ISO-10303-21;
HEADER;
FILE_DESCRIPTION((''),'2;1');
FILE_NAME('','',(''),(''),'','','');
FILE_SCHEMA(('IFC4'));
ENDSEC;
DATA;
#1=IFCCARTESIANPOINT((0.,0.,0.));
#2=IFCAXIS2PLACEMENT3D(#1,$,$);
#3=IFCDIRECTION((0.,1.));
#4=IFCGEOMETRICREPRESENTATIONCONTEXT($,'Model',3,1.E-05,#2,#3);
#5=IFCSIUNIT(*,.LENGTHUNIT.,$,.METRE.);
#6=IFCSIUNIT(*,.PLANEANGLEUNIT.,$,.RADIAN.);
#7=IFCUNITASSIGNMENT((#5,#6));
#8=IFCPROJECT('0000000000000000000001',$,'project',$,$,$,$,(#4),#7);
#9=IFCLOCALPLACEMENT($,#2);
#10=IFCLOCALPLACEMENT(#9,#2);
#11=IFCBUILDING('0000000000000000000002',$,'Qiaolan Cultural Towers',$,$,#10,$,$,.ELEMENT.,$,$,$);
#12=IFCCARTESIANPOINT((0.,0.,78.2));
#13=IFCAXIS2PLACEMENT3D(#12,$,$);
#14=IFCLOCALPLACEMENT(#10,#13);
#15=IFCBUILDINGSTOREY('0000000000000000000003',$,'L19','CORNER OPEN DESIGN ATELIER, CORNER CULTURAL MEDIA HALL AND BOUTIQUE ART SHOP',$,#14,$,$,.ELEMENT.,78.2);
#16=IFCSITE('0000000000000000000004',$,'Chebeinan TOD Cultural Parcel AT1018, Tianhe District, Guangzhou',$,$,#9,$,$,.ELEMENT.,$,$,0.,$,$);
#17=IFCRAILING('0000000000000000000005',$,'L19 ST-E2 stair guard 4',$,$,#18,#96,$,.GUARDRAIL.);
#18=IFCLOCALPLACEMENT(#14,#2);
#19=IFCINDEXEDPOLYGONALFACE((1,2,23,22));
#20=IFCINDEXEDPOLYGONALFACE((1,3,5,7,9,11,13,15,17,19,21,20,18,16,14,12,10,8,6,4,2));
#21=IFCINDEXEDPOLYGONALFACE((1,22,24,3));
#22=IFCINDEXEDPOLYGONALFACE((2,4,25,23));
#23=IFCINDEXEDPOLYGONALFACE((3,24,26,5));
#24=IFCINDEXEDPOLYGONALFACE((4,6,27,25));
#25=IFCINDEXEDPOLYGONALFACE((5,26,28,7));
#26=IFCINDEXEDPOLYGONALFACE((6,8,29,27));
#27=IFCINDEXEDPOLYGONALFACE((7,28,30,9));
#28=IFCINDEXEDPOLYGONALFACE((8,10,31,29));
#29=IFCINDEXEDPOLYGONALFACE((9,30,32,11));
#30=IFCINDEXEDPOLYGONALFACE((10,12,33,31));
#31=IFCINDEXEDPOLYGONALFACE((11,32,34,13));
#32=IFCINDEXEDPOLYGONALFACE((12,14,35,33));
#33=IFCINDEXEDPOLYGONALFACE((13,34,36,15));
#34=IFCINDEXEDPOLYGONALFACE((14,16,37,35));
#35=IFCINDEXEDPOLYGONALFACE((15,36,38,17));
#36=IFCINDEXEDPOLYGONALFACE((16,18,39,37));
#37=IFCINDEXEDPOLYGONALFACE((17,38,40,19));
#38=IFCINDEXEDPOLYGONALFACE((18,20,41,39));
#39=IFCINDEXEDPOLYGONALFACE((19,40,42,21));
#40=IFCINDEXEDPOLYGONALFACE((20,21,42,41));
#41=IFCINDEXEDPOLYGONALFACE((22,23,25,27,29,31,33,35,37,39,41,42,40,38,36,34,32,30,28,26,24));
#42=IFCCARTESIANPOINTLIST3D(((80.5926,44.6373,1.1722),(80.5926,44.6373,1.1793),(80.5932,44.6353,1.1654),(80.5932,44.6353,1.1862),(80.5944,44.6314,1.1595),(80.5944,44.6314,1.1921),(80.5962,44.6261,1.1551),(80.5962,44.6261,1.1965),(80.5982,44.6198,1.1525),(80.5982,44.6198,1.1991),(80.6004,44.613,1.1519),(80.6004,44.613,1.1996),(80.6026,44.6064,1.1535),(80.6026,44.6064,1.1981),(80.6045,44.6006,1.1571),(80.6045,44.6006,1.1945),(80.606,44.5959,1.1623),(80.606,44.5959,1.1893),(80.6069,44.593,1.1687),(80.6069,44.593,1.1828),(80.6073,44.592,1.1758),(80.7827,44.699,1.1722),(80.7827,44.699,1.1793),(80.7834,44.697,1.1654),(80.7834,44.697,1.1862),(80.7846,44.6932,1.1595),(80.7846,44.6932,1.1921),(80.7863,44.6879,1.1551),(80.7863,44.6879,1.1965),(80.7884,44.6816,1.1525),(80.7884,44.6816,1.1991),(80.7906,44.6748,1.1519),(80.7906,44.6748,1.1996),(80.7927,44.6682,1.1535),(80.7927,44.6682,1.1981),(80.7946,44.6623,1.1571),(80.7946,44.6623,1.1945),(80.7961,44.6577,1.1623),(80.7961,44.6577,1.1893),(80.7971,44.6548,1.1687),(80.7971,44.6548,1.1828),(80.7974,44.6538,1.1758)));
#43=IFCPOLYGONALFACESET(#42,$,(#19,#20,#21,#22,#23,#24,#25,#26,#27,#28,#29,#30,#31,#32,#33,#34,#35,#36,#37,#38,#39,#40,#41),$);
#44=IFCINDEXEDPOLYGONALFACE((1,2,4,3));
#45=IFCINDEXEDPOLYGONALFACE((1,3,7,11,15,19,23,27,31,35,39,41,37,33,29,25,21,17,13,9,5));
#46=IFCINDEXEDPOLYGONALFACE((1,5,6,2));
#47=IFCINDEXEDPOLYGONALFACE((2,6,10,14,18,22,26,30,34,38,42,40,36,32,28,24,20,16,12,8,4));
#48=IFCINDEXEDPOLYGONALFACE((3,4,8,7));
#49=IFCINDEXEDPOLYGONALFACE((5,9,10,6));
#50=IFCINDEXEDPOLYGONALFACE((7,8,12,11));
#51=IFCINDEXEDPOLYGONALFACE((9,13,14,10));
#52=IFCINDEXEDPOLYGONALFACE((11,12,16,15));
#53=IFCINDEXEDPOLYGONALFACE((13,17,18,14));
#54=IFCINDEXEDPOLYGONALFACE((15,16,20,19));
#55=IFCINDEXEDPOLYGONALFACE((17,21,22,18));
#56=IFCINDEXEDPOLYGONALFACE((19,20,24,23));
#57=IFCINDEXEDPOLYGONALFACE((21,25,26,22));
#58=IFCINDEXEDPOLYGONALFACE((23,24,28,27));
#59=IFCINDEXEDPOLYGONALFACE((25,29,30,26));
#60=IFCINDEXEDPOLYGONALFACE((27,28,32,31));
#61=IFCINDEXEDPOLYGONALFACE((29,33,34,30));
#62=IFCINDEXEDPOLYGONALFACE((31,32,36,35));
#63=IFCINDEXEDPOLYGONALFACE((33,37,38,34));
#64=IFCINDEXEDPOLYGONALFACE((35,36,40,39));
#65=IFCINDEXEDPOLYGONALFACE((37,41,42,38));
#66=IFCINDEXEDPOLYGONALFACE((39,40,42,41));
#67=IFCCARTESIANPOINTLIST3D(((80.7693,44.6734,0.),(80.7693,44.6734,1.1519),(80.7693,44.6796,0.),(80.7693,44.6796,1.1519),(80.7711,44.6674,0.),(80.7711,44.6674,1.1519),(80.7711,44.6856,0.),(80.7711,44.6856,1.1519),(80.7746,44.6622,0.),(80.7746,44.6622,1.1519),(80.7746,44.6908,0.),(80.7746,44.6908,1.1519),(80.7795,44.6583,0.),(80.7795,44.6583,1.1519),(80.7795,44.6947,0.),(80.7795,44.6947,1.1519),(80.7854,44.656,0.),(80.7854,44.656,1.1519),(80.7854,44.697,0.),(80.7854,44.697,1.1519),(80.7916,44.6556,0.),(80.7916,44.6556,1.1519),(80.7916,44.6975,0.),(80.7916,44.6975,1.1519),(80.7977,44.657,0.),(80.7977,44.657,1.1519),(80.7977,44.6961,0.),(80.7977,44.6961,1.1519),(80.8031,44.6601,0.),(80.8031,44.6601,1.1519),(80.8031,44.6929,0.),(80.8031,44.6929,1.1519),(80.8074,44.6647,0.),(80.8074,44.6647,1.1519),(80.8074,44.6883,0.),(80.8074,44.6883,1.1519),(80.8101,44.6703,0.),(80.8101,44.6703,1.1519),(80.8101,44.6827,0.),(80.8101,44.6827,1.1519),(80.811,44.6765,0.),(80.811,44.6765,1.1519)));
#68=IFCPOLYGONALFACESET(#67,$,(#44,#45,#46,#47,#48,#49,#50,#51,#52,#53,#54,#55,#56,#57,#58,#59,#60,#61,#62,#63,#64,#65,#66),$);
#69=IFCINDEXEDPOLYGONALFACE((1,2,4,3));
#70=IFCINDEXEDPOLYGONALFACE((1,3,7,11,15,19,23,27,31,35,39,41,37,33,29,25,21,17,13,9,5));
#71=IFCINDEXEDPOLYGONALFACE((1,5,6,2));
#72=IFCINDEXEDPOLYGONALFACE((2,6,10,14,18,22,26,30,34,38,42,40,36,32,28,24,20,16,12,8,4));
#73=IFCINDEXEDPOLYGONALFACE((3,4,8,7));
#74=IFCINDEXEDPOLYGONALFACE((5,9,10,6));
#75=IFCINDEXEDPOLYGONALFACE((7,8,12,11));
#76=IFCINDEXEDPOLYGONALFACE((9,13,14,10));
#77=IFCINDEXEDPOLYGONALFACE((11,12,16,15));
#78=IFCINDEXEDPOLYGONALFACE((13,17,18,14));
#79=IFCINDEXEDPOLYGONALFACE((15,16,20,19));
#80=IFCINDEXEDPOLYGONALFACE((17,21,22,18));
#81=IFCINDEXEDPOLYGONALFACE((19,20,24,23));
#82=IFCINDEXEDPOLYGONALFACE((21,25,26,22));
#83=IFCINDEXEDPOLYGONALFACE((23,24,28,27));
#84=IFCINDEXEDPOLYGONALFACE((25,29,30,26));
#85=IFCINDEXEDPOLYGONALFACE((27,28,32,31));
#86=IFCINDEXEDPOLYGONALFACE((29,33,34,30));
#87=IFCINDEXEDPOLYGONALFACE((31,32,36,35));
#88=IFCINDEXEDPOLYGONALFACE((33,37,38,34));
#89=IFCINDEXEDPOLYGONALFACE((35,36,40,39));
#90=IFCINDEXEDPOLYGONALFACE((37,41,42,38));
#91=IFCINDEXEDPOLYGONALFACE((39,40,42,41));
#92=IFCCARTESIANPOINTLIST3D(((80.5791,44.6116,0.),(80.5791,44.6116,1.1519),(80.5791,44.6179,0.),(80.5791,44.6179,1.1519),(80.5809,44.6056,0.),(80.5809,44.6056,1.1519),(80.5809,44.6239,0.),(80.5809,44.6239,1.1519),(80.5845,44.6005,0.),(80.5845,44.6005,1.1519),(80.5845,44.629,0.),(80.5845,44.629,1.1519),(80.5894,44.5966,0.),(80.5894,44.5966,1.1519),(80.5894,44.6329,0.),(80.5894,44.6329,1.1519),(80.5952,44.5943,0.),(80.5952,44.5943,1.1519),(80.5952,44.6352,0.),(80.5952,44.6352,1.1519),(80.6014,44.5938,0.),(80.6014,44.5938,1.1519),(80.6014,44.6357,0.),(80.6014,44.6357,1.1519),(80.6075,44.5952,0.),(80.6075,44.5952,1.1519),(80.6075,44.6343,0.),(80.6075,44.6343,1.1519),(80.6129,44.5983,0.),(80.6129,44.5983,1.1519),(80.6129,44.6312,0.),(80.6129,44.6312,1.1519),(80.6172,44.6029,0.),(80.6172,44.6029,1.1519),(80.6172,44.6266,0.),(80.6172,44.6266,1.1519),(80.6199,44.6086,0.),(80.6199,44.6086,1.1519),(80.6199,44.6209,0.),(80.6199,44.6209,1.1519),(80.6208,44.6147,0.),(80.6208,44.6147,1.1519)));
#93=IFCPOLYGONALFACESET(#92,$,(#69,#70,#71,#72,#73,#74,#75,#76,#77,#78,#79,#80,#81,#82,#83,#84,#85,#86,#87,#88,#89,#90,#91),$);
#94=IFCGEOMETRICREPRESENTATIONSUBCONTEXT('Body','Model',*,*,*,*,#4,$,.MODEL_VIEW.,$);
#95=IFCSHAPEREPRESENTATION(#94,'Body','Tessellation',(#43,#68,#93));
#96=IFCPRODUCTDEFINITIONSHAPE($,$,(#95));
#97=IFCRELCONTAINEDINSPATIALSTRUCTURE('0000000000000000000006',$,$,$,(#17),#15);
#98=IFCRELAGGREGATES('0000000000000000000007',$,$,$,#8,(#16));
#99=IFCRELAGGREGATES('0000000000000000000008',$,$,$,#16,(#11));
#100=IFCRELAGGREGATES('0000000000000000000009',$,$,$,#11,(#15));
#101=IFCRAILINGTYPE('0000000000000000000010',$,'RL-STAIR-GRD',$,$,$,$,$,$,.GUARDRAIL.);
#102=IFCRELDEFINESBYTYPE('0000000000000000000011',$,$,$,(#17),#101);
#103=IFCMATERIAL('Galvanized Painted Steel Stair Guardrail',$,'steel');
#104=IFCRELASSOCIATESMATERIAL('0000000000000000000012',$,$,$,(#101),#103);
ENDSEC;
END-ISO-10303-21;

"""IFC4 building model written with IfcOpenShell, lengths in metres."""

from ifc_helpers import new_model, si_unit, direction, frame, origin, origin_2d, place, context, subcontext, project, spatial, circle, extrude, material, type_object, element, save


model = new_model("IFC4")

# Units and contexts
model_context = context("Model", 3, precision=1e-05, world=origin(), true_north=direction((0.0, 1.0)))
body_context = subcontext(model_context, "Body", "Model", "MODEL_VIEW")
ifc_project = project(units=[si_unit("LENGTHUNIT", "METRE"), si_unit("PLANEANGLEUNIT", "RADIAN")], contexts=[model_context])

# Site, building, storey
site_placement = place(None, origin())
site = spatial("IfcSite", under=ifc_project, at=site_placement, Name="Chebeinan TOD Cultural Parcel AT1018, Tianhe District, Guangzhou", CompositionType="ELEMENT", RefElevation=0.0)
building_placement = place(site_placement, origin())
building = spatial("IfcBuilding", under=site, at=building_placement, Name="Qiaolan Cultural Towers", CompositionType="ELEMENT")
storey_placement = place(building_placement, frame((0.0, 0.0, 78.2)))
storey = spatial("IfcBuildingStorey", under=building, at=storey_placement, Name="L19", Description="CORNER OPEN DESIGN ATELIER, CORNER CULTURAL MEDIA HALL AND BOUTIQUE ART SHOP", CompositionType="ELEMENT", Elevation=78.2)

# Railing
ifc_material_1 = material(Name="Galvanized Painted Steel Stair Guardrail", Category="steel")
railing_type_1 = type_object("IfcRailingType", Name="RL-STAIR-GRD", PredefinedType="GUARDRAIL", material=ifc_material_1)
railing_1_placement = place(storey_placement, frame((80.79, 44.6765, 0.0)))
element("IfcRailing", 1, at=railing_1_placement, inside=storey, type_object=railing_type_1, Name="L19 ST-E2 stair guard 4", PredefinedType="GUARDRAIL", context=body_context, shape_type="SweptSolid", body=[
    extrude(circle(Radius=0.0239, at=origin_2d()), frame((0.0, 0.0, 1.1758), z_axis=(-0.951097, -0.308893, 0.0), x_axis=(0.308893, -0.951097, 0.0)), (0.0, 0.0, 1.0), 0.2),
    extrude(circle(Radius=0.021, at=origin_2d()), origin(), (0.0, 0.0, 1.0), 1.1519),
    extrude(circle(Radius=0.021, at=origin_2d()), frame((-0.1902, -0.0618, 0.0)), (0.0, 0.0, 1.0), 1.1519),
])

save(model, "model.ifc")
